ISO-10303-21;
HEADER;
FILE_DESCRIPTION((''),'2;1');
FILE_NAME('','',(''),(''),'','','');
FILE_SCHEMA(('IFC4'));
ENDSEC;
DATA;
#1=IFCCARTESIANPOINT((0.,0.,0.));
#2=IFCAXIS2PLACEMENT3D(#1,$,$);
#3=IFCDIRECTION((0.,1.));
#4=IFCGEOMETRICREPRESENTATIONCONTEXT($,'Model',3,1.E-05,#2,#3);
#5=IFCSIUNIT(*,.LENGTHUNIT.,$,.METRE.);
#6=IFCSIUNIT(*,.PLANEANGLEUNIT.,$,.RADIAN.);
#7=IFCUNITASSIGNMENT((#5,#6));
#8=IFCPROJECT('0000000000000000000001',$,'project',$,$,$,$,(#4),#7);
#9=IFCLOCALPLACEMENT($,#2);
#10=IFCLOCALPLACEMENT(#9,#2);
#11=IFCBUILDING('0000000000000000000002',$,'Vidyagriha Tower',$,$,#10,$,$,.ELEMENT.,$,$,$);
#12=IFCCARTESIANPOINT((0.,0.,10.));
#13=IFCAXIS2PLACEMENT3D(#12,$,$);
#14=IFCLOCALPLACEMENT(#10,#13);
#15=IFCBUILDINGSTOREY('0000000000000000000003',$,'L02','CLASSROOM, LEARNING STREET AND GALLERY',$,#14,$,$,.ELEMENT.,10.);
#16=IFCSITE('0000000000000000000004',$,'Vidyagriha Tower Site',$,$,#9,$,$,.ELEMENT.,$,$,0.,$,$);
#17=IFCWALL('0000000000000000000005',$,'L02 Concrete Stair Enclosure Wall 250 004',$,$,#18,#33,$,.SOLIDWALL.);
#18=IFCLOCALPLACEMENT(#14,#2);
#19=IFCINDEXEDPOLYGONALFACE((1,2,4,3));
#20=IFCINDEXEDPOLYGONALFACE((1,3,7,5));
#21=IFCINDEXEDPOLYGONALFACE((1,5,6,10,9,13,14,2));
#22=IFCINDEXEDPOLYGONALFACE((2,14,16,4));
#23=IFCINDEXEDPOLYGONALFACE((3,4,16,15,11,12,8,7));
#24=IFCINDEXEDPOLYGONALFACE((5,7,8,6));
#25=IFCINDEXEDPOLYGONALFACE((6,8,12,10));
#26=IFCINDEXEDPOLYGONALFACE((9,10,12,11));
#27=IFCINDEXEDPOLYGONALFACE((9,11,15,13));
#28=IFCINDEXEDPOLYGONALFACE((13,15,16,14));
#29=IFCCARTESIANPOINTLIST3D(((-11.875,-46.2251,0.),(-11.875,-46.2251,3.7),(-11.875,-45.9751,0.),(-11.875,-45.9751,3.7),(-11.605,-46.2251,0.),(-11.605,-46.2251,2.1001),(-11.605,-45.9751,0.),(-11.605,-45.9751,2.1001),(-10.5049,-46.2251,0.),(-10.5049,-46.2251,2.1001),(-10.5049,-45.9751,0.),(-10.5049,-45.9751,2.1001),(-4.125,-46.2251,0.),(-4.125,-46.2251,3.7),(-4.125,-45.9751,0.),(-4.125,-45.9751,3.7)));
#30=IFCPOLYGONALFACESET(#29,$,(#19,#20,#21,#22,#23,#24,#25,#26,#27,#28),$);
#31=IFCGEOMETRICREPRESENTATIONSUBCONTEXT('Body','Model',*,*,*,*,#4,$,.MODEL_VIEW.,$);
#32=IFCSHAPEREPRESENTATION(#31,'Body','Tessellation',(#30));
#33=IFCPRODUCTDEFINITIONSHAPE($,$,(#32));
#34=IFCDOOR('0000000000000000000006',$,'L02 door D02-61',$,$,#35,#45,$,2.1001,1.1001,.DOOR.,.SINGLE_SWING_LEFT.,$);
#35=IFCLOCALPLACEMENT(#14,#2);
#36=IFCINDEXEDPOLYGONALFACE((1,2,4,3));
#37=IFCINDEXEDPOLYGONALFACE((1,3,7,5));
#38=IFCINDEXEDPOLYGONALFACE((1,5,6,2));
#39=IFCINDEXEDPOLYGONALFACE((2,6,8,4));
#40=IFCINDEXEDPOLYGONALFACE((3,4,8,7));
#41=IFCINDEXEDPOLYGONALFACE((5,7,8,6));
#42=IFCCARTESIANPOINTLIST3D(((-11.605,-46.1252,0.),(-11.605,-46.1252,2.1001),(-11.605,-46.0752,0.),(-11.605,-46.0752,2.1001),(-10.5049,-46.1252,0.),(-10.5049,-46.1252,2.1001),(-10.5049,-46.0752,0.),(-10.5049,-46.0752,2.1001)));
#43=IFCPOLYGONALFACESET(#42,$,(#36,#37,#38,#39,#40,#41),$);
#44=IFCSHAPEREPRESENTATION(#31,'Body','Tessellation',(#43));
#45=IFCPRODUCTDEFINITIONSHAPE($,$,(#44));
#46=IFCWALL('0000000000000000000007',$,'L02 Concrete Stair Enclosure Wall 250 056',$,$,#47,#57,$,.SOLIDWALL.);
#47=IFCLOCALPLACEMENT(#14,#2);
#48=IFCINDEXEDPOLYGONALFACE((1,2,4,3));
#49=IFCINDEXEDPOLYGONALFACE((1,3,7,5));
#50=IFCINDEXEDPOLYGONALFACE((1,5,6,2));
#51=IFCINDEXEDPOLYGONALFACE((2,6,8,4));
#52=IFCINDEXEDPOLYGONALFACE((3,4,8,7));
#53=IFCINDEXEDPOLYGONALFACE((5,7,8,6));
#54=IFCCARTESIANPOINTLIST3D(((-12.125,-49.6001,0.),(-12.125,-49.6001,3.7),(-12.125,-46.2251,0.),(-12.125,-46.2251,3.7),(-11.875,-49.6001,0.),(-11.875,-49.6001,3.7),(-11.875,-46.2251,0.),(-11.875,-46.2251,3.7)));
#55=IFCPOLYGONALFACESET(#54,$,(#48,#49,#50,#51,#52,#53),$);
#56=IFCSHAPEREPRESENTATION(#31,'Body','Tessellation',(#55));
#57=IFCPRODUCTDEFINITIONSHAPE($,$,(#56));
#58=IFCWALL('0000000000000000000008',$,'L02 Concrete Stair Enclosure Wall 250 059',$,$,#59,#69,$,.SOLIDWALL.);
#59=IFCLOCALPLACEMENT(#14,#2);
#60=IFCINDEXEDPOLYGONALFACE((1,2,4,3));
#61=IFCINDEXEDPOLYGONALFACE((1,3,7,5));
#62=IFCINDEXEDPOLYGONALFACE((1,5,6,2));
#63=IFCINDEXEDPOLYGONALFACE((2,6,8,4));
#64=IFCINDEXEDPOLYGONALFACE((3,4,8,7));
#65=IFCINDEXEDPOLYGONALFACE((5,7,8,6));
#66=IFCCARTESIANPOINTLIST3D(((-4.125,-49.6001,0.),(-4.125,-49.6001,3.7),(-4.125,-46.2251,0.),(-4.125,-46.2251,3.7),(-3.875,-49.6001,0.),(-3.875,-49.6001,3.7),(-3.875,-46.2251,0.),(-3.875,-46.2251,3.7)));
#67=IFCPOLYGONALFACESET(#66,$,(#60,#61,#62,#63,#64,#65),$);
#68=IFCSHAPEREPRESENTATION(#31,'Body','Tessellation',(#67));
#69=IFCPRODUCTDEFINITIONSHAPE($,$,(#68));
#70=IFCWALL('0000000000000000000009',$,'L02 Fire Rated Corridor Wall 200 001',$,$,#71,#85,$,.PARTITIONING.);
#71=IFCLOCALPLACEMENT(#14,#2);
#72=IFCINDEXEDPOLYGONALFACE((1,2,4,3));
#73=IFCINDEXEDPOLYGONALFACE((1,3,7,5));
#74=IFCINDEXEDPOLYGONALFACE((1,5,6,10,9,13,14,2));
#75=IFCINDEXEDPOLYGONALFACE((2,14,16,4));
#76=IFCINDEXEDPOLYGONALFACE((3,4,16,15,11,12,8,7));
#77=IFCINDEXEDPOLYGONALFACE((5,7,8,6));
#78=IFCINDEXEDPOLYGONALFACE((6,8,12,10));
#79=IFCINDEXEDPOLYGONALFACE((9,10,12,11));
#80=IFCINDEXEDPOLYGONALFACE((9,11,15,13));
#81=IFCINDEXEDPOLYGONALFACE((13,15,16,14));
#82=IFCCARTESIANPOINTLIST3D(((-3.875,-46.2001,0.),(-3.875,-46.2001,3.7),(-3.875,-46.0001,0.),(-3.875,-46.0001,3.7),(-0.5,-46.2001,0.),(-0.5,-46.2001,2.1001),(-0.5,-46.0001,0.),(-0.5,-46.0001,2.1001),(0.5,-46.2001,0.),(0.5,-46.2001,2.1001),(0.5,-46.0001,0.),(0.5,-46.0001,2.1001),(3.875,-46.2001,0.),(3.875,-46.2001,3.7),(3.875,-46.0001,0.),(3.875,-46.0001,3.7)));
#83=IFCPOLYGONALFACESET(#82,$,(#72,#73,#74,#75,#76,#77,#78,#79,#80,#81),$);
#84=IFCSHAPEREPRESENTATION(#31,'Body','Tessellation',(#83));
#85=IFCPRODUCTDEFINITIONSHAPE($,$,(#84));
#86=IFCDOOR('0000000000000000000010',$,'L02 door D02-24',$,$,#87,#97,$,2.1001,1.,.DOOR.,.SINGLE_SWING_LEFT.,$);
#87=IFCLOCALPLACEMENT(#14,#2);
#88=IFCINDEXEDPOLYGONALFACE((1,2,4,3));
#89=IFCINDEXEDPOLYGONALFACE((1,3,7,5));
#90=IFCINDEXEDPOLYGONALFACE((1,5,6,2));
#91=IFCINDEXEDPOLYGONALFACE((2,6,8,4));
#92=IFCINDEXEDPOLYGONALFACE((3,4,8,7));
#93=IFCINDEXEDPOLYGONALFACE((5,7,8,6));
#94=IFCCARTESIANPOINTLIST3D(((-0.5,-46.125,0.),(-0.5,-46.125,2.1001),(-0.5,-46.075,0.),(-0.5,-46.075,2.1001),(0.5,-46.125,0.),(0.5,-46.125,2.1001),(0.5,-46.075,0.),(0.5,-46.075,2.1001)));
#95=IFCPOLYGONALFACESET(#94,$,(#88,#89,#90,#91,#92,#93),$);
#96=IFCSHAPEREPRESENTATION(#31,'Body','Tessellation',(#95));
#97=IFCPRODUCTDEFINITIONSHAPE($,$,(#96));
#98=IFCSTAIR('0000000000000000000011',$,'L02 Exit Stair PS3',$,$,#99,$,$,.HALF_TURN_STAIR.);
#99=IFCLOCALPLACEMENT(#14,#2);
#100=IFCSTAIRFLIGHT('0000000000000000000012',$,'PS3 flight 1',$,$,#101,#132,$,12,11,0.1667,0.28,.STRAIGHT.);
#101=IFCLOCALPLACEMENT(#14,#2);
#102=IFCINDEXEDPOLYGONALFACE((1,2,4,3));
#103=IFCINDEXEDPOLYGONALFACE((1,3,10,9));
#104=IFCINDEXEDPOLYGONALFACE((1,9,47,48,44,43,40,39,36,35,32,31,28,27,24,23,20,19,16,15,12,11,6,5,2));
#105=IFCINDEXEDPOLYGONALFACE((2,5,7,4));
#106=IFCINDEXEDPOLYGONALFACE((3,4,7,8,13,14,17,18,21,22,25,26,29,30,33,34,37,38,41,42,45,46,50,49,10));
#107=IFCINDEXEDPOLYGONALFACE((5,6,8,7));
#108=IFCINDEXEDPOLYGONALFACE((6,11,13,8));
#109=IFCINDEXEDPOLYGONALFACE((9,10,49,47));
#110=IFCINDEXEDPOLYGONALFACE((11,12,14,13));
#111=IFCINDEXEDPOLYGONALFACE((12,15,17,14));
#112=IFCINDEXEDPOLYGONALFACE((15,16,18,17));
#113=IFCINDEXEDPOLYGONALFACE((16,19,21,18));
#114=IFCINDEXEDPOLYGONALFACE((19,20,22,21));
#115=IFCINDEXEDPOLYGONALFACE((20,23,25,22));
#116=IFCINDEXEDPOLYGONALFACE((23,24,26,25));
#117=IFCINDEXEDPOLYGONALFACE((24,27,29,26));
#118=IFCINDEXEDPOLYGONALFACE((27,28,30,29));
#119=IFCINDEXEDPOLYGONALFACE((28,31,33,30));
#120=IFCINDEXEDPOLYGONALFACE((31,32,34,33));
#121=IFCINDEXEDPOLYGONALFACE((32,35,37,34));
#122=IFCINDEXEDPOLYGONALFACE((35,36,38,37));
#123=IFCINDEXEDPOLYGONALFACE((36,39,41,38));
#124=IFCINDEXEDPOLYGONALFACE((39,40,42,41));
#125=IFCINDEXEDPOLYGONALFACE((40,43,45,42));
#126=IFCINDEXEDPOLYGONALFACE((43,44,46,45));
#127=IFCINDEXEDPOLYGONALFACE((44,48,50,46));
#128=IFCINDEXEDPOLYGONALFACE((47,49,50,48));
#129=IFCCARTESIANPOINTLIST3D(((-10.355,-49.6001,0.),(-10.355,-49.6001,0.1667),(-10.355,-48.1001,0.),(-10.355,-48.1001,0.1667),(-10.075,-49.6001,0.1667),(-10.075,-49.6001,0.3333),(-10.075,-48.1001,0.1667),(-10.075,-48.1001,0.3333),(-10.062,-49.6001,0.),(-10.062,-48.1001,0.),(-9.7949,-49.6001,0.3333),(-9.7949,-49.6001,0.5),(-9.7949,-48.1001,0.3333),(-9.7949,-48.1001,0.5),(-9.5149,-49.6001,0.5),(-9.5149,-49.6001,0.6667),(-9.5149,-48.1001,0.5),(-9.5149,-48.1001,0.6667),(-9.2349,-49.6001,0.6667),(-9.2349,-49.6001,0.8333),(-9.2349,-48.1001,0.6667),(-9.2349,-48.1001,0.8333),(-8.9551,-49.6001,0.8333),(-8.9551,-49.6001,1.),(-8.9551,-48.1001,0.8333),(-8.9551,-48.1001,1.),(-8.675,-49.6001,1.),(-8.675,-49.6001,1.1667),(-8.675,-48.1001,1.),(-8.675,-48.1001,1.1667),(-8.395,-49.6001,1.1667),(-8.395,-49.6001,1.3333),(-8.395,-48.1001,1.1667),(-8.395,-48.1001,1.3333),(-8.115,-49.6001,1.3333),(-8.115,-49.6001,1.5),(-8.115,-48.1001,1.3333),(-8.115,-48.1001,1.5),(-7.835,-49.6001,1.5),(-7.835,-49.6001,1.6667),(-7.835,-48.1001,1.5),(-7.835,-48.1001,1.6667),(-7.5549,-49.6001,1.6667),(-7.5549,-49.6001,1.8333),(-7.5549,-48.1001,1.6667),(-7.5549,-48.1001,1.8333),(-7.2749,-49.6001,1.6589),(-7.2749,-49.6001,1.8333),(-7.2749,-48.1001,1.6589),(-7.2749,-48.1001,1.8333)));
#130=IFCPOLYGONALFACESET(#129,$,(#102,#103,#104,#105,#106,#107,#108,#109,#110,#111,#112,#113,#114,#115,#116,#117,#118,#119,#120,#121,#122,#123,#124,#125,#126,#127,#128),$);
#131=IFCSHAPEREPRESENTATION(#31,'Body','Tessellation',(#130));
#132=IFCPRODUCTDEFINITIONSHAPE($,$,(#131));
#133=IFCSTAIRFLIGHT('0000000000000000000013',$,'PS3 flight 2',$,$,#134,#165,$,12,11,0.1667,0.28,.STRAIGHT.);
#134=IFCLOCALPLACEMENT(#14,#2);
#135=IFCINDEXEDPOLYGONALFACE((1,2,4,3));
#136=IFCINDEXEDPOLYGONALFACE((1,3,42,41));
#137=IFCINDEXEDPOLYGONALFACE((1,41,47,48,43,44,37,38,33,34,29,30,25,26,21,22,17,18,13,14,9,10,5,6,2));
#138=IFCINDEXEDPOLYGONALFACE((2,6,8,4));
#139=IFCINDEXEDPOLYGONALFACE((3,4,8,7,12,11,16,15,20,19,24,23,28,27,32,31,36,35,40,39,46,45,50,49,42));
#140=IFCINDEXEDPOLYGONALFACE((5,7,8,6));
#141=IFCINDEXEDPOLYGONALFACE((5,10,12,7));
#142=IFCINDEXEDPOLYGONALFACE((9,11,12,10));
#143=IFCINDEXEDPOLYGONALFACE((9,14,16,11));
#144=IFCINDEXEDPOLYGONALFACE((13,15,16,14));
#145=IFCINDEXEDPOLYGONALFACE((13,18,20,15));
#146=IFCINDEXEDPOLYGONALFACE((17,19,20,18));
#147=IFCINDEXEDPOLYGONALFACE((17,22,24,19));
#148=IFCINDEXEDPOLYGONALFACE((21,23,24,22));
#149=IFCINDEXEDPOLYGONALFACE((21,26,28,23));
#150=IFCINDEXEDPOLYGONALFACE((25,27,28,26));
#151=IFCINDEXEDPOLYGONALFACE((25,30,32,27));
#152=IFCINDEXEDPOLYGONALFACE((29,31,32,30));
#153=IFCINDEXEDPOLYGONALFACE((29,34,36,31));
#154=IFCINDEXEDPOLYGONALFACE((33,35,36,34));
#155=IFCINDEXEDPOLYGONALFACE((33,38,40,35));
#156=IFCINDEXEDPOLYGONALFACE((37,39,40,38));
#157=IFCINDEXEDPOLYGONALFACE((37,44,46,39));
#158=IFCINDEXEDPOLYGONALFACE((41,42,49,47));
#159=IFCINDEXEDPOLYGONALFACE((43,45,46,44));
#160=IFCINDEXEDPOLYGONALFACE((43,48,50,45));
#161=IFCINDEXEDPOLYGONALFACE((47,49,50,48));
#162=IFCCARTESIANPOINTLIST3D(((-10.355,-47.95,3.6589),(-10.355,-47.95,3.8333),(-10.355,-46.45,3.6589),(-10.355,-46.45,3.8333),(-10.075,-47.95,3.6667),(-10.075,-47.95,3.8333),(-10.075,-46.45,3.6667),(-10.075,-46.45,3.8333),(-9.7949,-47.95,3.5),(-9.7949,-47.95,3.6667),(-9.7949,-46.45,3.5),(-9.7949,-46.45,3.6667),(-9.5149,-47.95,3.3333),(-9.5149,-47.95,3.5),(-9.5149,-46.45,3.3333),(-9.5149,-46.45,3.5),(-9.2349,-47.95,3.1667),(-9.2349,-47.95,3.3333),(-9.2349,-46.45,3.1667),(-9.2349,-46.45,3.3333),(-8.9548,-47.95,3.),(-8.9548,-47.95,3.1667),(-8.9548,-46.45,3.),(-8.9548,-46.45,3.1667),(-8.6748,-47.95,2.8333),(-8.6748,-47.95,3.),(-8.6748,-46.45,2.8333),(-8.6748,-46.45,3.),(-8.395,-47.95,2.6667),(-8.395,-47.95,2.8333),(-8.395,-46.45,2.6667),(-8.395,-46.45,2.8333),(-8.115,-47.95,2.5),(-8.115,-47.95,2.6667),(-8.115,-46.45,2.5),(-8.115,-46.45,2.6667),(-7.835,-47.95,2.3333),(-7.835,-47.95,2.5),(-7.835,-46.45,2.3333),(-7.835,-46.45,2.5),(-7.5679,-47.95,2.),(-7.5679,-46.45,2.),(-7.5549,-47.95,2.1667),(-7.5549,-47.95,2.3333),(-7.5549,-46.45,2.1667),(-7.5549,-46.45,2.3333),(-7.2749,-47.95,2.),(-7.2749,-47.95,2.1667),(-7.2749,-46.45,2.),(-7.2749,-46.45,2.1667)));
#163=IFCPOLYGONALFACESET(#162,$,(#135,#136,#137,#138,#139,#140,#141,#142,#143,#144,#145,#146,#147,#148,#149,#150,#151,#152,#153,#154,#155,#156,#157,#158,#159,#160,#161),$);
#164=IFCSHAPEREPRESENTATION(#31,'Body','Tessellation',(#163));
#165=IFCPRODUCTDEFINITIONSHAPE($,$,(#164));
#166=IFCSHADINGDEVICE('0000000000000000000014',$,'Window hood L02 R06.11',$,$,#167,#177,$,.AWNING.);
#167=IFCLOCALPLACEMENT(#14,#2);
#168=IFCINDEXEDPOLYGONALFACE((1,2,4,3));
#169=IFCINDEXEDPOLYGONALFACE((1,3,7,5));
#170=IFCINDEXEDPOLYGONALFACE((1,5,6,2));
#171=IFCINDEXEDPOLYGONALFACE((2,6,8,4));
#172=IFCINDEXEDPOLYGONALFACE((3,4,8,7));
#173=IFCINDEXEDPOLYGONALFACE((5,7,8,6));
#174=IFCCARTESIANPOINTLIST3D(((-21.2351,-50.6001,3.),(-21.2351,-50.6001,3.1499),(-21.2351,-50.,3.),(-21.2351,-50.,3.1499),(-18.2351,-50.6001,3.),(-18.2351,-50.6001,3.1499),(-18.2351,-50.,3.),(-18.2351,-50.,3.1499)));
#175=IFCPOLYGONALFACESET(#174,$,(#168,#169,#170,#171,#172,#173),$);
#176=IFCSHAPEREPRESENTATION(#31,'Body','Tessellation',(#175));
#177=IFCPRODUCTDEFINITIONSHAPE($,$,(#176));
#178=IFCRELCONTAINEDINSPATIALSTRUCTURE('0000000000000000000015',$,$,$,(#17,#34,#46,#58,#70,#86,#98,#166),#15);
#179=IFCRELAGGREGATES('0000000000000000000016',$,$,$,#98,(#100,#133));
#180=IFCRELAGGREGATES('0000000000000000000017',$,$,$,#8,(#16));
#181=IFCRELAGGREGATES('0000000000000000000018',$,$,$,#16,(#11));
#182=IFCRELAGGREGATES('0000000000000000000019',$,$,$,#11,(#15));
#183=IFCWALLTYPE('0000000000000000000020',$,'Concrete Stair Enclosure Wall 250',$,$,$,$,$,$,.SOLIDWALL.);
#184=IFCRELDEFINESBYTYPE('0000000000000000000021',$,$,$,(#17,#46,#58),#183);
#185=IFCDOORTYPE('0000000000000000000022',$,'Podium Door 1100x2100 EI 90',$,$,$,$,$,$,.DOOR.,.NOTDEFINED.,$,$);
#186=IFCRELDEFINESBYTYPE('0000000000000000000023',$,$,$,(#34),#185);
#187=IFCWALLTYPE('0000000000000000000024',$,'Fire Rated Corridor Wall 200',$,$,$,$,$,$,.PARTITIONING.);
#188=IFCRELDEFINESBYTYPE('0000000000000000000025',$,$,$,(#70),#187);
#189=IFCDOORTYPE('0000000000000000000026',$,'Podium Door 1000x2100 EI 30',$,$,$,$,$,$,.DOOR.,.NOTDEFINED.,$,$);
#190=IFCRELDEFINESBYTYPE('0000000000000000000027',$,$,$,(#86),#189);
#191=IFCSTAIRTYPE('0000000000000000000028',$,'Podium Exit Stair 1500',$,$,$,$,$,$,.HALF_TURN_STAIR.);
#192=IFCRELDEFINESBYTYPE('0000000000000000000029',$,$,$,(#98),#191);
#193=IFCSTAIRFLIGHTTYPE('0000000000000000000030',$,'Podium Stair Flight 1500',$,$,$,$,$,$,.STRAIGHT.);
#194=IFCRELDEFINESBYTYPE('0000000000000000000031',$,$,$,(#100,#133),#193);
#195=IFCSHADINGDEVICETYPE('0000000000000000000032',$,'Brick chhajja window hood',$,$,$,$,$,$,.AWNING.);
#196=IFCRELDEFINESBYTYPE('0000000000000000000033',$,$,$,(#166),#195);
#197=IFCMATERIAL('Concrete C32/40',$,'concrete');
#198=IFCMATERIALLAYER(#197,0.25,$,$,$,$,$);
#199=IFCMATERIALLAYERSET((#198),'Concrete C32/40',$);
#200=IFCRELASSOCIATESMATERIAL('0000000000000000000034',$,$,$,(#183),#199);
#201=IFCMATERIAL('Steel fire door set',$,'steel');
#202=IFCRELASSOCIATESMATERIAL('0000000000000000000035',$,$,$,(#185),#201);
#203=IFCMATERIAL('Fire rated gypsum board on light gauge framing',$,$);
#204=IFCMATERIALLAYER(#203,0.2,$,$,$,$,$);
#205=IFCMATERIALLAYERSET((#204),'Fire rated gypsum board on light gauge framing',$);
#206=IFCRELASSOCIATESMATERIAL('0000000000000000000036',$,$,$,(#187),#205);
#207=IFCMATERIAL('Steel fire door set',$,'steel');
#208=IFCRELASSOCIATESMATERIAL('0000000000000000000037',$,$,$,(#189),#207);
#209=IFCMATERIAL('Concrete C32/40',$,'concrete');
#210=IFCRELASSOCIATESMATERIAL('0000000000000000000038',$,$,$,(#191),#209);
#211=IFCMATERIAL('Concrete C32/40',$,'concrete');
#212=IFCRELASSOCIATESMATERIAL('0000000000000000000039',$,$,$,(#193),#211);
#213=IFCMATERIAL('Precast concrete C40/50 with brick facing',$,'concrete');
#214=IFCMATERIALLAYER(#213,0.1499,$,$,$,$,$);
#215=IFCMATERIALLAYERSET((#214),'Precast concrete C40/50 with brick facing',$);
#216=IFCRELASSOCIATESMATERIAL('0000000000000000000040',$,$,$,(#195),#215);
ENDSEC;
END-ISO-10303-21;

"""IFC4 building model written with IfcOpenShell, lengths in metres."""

from ifc_helpers import new_model, si_unit, direction, frame, frame_2d, origin, origin_2d, place, context, subcontext, project, spatial, polyline, rectangle, outline, extrude, material, layer, layer_set, type_object, element, fill, aggregate, save


model = new_model("IFC4")

# Units and contexts
model_context = context("Model", 3, precision=1e-05, world=origin(), true_north=direction((0.0, 1.0)))
body_context = subcontext(model_context, "Body", "Model", "MODEL_VIEW")
ifc_project = project(units=[si_unit("LENGTHUNIT", "METRE"), si_unit("PLANEANGLEUNIT", "RADIAN")], contexts=[model_context])

# Site, building, storey
site_placement = place(None, origin())
site = spatial("IfcSite", under=ifc_project, at=site_placement, Name="Vidyagriha Tower Site", CompositionType="ELEMENT", RefElevation=0.0)
building_placement = place(site_placement, origin())
building = spatial("IfcBuilding", under=site, at=building_placement, Name="Vidyagriha Tower", CompositionType="ELEMENT")
storey_placement = place(building_placement, frame((0.0, 0.0, 10.0)))
storey = spatial("IfcBuildingStorey", under=building, at=storey_placement, Name="L02", Description="CLASSROOM, LEARNING STREET AND GALLERY", CompositionType="ELEMENT", Elevation=10.0)

# Wall, opening, door
ifc_material_1 = material(Name="Concrete C32/40", Category="concrete")
ifc_layer_1 = layer(ifc_material_1, 0.25)
ifc_layer_set_1 = layer_set([ifc_layer_1], Name="Concrete C32/40")
wall_type_1 = type_object("IfcWallType", Name="Concrete Stair Enclosure Wall 250", PredefinedType="SOLIDWALL", material=ifc_layer_set_1)
wall_1_placement = place(storey_placement, frame((-11.875, -46.1001, 0.0)))
wall_1 = element("IfcWall", 1, at=wall_1_placement, inside=storey, type_object=wall_type_1, Name="L02 Concrete Stair Enclosure Wall 250 004", PredefinedType="SOLIDWALL", context=body_context, shape_type="SweptSolid", body=[
    extrude(rectangle(XDim=7.75, YDim=0.25, at=frame_2d((3.875, 0.0))), origin(), (0.0, 0.0, 1.0), 3.7),
])
opening_1_placement = place(wall_1_placement, frame((0.27, 0.0, 0.0)))
opening_1 = element("IfcOpeningElement", 2, at=opening_1_placement, cuts=wall_1, PredefinedType="OPENING", context=body_context, shape_type="SweptSolid", body=[
    extrude(rectangle(XDim=1.1001, YDim=2.1001, at=frame_2d((0.55, 1.05))), frame((0.0, 0.135, 0.0), z_axis=(0.0, -1.0, 0.0), x_axis=(1.0, 0.0, 0.0)), (0.0, 0.0, 1.0), 0.27),
])
ifc_material_2 = material(Name="Steel fire door set", Category="steel")
door_type_1 = type_object("IfcDoorType", Name="Podium Door 1100x2100 EI 90", OperationType="NOTDEFINED", PredefinedType="DOOR", material=ifc_material_2)
door_1_placement = place(opening_1_placement, origin())
door_1 = element("IfcDoor", 3, at=door_1_placement, inside=storey, type_object=door_type_1, Name="L02 door D02-61", OperationType="SINGLE_SWING_LEFT", OverallHeight=2.1001, OverallWidth=1.1001, PredefinedType="DOOR", context=body_context, shape_type="SweptSolid", body=[
    extrude(rectangle(XDim=1.1001, YDim=2.1001, at=frame_2d((0.55, 1.05))), frame((0.0, 0.0249, 0.0), z_axis=(0.0, -1.0, 0.0), x_axis=(1.0, 0.0, 0.0)), (0.0, 0.0, 1.0), 0.05),
])
fill(opening_1, door_1)

# Walls
for number, where, z_axis, x_axis, name in (
    (4, (-12.0, -49.6001, 0.0), (0.0, 0.0, 1.0), (0.0, 1.0, 0.0), "L02 Concrete Stair Enclosure Wall 250 056"),
    (5, (-4.0, -49.6001, 0.0), (0.0, 0.0, 1.0), (0.0, 1.0, 0.0), "L02 Concrete Stair Enclosure Wall 250 059"),
):
    element("IfcWall", number, at=place(storey_placement, frame(where, z_axis=z_axis, x_axis=x_axis)), inside=storey, type_object=wall_type_1, Name=name, PredefinedType="SOLIDWALL", context=body_context, shape_type="SweptSolid", body=[
        extrude(rectangle(XDim=3.375, YDim=0.25, at=frame_2d((1.6875, 0.0))), origin(), (0.0, 0.0, 1.0), 3.7),
    ])

# Wall, opening, door
ifc_material_3 = material(Name="Fire rated gypsum board on light gauge framing")
ifc_layer_2 = layer(ifc_material_3, 0.2)
ifc_layer_set_2 = layer_set([ifc_layer_2], Name="Fire rated gypsum board on light gauge framing")
wall_type_2 = type_object("IfcWallType", Name="Fire Rated Corridor Wall 200", PredefinedType="PARTITIONING", material=ifc_layer_set_2)
wall_2_placement = place(storey_placement, frame((-3.875, -46.1001, 0.0)))
wall_2 = element("IfcWall", 6, at=wall_2_placement, inside=storey, type_object=wall_type_2, Name="L02 Fire Rated Corridor Wall 200 001", PredefinedType="PARTITIONING", context=body_context, shape_type="SweptSolid", body=[
    extrude(rectangle(XDim=7.75, YDim=0.2, at=frame_2d((3.875, 0.0))), origin(), (0.0, 0.0, 1.0), 3.7),
])
opening_2_placement = place(wall_2_placement, frame((3.375, 0.0, 0.0)))
opening_2 = element("IfcOpeningElement", 7, at=opening_2_placement, cuts=wall_2, PredefinedType="OPENING", context=body_context, shape_type="SweptSolid", body=[
    extrude(rectangle(XDim=1.0, YDim=2.1001, at=frame_2d((0.5, 1.05))), frame((0.0, 0.1099, 0.0), z_axis=(0.0, -1.0, 0.0), x_axis=(1.0, 0.0, 0.0)), (0.0, 0.0, 1.0), 0.22),
])
ifc_material_4 = material(Name="Steel fire door set", Category="steel")
door_type_2 = type_object("IfcDoorType", Name="Podium Door 1000x2100 EI 30", OperationType="NOTDEFINED", PredefinedType="DOOR", material=ifc_material_4)
door_2_placement = place(opening_2_placement, frame((1.0, 0.0, 0.0), z_axis=(0.0, 0.0, 1.0), x_axis=(-1.0, 0.0, 0.0)))
door_2 = element("IfcDoor", 8, at=door_2_placement, inside=storey, type_object=door_type_2, Name="L02 door D02-24", OperationType="SINGLE_SWING_LEFT", OverallHeight=2.1001, OverallWidth=1.0, PredefinedType="DOOR", context=body_context, shape_type="SweptSolid", body=[
    extrude(rectangle(XDim=1.0, YDim=2.1001, at=frame_2d((0.5, 1.05))), frame((0.0, 0.0249, 0.0), z_axis=(0.0, -1.0, 0.0), x_axis=(1.0, 0.0, 0.0)), (0.0, 0.0, 1.0), 0.05),
])
fill(opening_2, door_2)

# Stair, stair flights
ifc_material_5 = material(Name="Concrete C32/40", Category="concrete")
stair_type = type_object("IfcStairType", Name="Podium Exit Stair 1500", PredefinedType="HALF_TURN_STAIR", material=ifc_material_5)
stair_placement = place(storey_placement, origin())
stair = element("IfcStair", 9, at=stair_placement, inside=storey, type_object=stair_type, Name="L02 Exit Stair PS3", PredefinedType="HALF_TURN_STAIR")
ifc_material_6 = material(Name="Concrete C32/40", Category="concrete")
stair_flight_type = type_object("IfcStairFlightType", Name="Podium Stair Flight 1500", PredefinedType="STRAIGHT", material=ifc_material_6)
stair_flight_1_placement = place(storey_placement, frame((-10.355, -48.8501, 0.0)))
stair_flight_1 = element("IfcStairFlight", 10, at=stair_flight_1_placement, type_object=stair_flight_type, Name="PS3 flight 1", NumberOfRisers=12, NumberOfTreads=11, PredefinedType="STRAIGHT", RiserHeight=0.1667, TreadLength=0.28, context=body_context, shape_type="SweptSolid", body=[
    extrude(outline(polyline([(0.0, 0.0), (0.0, 0.1667), (0.28, 0.1667), (0.28, 0.3333), (0.5601, 0.3333), (0.5601, 0.5), (0.8401, 0.5), (0.8401, 0.6667), (1.1201, 0.6667), (1.1201, 0.8333), (1.3999, 0.8333), (1.3999, 1.0), (1.6799, 1.0), (1.6799, 1.1667), (1.96, 1.1667), (1.96, 1.3333), (2.24, 1.3333), (2.24, 1.5), (2.52, 1.5), (2.52, 1.6667), (2.8, 1.6667), (2.8, 1.8333), (3.0801, 1.8333), (3.0801, 2.0), (3.0801, 1.6589), (0.293, 0.0), (0.0, 0.0)])), frame((0.0, 0.75, 0.0), z_axis=(0.0, -1.0, 0.0), x_axis=(1.0, 0.0, 0.0)), (0.0, 0.0, 1.0), 1.5),
])
stair_flight_2_placement = place(storey_placement, frame((-7.2749, -47.2, 2.0), z_axis=(0.0, 0.0, 1.0), x_axis=(-1.0, 0.0, 0.0)))
stair_flight_2 = element("IfcStairFlight", 11, at=stair_flight_2_placement, type_object=stair_flight_type, Name="PS3 flight 2", NumberOfRisers=12, NumberOfTreads=11, PredefinedType="STRAIGHT", RiserHeight=0.1667, TreadLength=0.28, context=body_context, shape_type="SweptSolid", body=[
    extrude(outline(polyline([(0.0, 0.0), (0.0, 0.1667), (0.28, 0.1667), (0.28, 0.3333), (0.5601, 0.3333), (0.5601, 0.5), (0.8401, 0.5), (0.8401, 0.6667), (1.1201, 0.6667), (1.1201, 0.8333), (1.3999, 0.8333), (1.3999, 1.0), (1.6799, 1.0), (1.6799, 1.1667), (1.96, 1.1667), (1.96, 1.3333), (2.24, 1.3333), (2.24, 1.5), (2.52, 1.5), (2.52, 1.6667), (2.8, 1.6667), (2.8, 1.8333), (3.0801, 1.8333), (3.0801, 2.0), (3.0801, 1.6589), (0.293, 0.0), (0.0, 0.0)])), frame((0.0, 0.75, 0.0), z_axis=(0.0, -1.0, 0.0), x_axis=(1.0, 0.0, 0.0)), (0.0, 0.0, 1.0), 1.5),
])
aggregate(stair, [stair_flight_1, stair_flight_2])

# Shading device
ifc_material_7 = material(Name="Precast concrete C40/50 with brick facing", Category="concrete")
ifc_layer_3 = layer(ifc_material_7, 0.1499)
ifc_layer_set_3 = layer_set([ifc_layer_3], Name="Precast concrete C40/50 with brick facing")
shading_device_type_1 = type_object("IfcShadingDeviceType", Name="Brick chhajja window hood", PredefinedType="AWNING", material=ifc_layer_set_3)
for number, where, name in (
    (12, (-19.7351, -50.3, 3.0), "Window hood L02 R06.11"),
):
    element("IfcShadingDevice", number, at=place(storey_placement, frame(where)), inside=storey, type_object=shading_device_type_1, Name=name, PredefinedType="AWNING", context=body_context, shape_type="SweptSolid", body=[
        extrude(rectangle(XDim=3.0, YDim=0.6001, at=origin_2d()), origin(), (0.0, 0.0, 1.0), 0.1499),
    ])

save(model, "model.ifc")
